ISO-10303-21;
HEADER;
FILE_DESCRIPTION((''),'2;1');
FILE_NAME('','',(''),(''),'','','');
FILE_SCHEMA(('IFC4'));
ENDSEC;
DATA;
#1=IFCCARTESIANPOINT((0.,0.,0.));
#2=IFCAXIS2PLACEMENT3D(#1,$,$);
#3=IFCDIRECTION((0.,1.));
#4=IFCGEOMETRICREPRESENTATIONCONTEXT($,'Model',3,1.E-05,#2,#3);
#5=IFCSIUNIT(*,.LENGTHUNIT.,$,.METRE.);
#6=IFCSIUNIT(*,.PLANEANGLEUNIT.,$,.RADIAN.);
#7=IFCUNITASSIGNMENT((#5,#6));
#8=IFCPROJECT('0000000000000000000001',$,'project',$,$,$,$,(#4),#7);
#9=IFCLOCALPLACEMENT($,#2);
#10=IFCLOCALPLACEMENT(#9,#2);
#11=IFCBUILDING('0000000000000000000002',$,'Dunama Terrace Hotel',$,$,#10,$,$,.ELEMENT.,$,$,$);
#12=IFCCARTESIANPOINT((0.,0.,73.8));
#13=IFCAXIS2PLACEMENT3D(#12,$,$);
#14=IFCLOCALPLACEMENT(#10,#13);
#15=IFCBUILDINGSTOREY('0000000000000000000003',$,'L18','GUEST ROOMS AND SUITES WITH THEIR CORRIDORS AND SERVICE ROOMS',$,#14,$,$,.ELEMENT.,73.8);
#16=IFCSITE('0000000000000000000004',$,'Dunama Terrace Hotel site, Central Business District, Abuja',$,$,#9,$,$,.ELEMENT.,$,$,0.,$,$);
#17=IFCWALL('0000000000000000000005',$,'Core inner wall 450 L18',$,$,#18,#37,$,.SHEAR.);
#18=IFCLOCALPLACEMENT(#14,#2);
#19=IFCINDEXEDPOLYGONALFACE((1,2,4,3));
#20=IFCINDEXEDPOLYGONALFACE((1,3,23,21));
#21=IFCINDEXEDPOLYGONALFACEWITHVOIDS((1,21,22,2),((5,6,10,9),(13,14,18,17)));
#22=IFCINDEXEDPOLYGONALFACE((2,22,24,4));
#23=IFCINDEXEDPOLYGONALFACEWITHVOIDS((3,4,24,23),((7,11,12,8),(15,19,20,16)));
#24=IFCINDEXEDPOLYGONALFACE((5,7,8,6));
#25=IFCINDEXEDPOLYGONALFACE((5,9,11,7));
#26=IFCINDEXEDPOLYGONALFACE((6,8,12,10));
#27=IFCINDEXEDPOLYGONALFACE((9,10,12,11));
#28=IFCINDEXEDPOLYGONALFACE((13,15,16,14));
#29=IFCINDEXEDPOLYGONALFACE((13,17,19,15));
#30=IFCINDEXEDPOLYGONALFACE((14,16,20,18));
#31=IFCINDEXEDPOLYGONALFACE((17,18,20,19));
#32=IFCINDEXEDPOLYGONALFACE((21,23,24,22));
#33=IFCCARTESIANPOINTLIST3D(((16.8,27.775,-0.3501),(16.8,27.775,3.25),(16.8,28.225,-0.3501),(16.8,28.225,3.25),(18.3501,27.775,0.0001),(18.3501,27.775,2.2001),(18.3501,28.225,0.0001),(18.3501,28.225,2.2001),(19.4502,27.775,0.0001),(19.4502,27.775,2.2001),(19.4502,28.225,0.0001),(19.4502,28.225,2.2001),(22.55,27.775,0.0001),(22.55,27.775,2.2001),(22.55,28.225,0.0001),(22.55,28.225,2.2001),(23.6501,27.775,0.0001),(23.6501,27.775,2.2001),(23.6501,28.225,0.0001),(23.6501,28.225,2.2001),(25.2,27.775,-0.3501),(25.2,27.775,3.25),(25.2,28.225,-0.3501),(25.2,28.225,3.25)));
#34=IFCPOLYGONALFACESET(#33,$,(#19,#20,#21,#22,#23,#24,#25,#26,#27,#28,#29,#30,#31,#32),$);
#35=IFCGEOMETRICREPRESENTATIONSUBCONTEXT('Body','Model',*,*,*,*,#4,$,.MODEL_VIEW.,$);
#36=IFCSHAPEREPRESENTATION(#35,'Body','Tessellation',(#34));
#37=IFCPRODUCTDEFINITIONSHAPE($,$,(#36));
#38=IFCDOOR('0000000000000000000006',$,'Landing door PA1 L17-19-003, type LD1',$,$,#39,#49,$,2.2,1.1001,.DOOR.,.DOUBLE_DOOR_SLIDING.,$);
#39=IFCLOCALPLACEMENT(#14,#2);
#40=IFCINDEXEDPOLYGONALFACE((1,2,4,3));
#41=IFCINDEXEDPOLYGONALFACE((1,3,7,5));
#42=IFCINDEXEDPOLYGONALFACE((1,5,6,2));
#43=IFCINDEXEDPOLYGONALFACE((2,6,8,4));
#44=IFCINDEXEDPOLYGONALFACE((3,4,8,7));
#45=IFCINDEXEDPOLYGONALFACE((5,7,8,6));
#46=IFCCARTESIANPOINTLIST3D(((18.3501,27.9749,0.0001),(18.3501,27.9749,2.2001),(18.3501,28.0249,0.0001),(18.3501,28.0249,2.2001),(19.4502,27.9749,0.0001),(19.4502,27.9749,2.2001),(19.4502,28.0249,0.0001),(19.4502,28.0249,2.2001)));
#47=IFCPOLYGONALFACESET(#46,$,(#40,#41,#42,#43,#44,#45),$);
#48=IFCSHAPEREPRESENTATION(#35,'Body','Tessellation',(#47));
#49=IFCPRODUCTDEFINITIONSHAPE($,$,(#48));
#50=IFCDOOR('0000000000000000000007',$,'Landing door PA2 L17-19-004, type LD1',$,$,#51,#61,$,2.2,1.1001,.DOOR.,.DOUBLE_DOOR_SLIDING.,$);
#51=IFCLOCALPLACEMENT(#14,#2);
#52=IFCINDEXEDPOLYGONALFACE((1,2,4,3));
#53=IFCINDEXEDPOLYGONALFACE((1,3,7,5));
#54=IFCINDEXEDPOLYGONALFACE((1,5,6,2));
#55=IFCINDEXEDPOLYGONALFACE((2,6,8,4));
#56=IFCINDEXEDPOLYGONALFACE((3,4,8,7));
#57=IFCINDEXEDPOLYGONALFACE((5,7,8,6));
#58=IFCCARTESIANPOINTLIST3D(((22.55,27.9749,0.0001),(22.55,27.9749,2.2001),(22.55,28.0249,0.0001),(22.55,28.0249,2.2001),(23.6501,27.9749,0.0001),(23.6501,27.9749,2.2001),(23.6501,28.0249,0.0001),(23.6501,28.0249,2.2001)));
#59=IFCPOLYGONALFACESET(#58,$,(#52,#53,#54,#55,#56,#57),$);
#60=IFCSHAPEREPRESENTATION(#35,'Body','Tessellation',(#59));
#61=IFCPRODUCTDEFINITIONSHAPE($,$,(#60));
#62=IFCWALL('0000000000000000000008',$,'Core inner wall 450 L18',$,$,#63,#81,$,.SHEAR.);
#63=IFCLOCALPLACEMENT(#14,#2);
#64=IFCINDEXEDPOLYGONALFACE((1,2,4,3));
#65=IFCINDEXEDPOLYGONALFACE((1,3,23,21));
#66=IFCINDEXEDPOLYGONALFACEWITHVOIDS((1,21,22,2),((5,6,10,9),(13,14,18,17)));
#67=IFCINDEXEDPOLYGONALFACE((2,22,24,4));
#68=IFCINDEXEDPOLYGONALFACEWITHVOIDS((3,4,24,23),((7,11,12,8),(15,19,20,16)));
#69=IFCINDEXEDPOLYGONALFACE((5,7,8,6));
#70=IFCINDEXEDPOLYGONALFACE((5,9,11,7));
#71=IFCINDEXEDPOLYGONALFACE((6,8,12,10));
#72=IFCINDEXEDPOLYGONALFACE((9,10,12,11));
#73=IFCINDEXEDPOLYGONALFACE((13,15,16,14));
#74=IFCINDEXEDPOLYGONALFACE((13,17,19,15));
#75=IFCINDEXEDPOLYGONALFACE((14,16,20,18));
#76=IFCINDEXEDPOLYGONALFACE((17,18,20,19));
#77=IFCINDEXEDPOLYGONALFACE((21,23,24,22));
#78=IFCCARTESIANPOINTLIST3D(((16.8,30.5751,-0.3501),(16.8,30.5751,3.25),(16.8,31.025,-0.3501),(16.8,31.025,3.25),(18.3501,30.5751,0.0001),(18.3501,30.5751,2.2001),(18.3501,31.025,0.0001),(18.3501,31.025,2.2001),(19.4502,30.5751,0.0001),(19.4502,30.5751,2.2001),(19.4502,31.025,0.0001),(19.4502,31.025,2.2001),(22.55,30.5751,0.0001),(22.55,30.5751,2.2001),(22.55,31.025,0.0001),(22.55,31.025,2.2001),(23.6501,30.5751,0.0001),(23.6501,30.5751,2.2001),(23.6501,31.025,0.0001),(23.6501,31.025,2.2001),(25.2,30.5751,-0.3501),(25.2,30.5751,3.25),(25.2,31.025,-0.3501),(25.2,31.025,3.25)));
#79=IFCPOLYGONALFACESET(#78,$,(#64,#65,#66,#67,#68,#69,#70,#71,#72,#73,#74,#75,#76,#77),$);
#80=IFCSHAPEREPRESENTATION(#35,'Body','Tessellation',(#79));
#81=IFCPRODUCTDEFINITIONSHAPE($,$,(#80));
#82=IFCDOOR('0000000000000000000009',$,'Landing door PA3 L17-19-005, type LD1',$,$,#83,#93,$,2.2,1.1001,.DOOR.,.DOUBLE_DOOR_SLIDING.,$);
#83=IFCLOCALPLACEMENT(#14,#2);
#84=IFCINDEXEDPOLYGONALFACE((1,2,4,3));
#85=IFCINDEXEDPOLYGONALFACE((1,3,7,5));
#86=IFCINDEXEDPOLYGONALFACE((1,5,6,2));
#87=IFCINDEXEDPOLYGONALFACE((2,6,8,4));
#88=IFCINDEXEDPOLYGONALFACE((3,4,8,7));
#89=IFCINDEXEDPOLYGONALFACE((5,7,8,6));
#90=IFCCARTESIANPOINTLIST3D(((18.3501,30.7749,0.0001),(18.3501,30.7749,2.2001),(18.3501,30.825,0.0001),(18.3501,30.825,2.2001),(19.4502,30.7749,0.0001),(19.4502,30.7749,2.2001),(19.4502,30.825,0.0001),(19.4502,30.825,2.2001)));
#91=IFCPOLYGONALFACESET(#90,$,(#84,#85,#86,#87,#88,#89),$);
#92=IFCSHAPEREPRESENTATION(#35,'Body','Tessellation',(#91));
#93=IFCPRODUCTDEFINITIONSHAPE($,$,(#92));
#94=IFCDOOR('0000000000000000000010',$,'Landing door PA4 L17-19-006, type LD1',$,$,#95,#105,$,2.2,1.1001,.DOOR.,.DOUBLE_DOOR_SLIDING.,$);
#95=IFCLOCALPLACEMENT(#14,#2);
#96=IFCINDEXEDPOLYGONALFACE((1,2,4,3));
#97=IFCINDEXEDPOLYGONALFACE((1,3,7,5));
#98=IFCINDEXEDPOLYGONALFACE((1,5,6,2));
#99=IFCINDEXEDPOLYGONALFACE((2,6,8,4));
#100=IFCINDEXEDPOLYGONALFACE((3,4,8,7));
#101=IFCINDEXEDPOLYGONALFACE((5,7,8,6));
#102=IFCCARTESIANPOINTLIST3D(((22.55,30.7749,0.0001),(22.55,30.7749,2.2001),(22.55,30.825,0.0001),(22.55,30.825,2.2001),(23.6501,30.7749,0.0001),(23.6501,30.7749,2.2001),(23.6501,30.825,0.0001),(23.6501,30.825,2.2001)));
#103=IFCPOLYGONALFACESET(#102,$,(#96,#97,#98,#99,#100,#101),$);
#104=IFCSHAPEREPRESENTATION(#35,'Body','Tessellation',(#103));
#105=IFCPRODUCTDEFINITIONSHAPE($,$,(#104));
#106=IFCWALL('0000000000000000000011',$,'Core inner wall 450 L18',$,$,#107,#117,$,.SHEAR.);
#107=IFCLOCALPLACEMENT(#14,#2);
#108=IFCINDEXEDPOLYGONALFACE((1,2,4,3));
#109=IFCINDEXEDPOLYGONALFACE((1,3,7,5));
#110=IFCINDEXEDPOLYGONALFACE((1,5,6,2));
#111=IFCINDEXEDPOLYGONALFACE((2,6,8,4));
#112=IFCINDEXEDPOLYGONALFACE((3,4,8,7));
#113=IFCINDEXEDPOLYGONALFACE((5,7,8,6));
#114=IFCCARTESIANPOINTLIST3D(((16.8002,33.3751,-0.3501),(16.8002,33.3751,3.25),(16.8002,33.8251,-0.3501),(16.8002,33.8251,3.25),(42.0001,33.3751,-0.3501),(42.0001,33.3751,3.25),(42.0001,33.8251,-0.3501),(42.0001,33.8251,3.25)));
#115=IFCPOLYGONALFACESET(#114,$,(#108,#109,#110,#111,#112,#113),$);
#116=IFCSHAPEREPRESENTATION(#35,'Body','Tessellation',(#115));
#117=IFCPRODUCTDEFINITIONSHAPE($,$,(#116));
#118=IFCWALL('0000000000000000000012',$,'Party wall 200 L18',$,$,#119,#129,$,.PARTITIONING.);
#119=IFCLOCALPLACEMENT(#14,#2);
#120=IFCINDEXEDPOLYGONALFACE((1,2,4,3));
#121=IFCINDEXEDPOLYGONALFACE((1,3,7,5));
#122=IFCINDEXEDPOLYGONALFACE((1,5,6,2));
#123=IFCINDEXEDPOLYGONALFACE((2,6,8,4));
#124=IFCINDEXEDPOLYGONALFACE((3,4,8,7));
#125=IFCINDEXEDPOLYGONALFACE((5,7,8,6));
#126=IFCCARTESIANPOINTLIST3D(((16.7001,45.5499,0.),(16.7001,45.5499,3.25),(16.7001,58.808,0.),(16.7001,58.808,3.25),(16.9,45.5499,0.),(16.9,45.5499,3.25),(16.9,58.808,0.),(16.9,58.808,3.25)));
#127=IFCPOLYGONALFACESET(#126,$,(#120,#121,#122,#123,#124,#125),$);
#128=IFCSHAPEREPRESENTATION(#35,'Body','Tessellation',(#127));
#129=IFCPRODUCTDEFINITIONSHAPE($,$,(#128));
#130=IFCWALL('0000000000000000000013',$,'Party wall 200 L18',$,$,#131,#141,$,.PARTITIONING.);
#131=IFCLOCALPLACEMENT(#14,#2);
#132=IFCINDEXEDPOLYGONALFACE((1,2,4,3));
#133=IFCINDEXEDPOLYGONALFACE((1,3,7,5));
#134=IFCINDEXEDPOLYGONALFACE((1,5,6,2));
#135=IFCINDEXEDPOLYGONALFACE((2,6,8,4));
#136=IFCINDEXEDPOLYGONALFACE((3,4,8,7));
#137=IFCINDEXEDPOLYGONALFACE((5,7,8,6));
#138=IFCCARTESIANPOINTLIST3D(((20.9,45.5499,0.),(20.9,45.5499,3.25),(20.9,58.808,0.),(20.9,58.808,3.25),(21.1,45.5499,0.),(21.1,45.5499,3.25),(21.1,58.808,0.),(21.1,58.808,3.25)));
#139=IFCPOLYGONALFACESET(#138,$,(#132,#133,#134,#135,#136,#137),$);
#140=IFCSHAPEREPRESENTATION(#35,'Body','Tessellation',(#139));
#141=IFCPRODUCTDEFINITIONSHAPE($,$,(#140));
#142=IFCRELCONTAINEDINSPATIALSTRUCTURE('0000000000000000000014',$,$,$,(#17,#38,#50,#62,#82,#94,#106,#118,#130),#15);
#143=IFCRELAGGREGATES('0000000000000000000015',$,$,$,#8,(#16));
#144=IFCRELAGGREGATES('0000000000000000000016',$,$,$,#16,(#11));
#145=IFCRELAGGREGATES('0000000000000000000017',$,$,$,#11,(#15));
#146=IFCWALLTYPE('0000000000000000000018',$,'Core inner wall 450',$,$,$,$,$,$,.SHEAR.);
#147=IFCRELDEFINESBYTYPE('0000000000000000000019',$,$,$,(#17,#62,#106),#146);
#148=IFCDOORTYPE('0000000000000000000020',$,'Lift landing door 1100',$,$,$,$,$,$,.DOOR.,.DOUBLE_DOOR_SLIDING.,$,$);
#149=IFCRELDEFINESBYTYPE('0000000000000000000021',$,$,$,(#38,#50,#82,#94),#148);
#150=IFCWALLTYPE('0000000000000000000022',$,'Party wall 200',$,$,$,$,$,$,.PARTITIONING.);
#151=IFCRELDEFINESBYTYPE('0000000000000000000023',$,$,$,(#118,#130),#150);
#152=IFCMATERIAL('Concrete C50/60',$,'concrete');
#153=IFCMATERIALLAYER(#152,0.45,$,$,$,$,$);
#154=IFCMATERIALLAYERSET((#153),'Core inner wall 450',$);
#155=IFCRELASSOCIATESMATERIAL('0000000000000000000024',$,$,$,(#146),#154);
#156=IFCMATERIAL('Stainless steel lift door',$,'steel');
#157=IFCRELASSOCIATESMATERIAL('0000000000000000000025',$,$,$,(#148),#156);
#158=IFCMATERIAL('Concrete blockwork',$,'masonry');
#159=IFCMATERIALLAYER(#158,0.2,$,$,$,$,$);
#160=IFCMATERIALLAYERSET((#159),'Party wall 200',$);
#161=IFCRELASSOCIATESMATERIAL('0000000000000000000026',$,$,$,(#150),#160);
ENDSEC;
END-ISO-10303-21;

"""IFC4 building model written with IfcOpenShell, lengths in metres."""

from ifc_helpers import new_model, si_unit, direction, frame, frame_2d, origin, place, context, subcontext, project, spatial, rectangle, extrude, material, layer, layer_set, type_object, element, fill, save


model = new_model("IFC4")

# Units and contexts
model_context = context("Model", 3, precision=1e-05, world=origin(), true_north=direction((0.0, 1.0)))
body_context = subcontext(model_context, "Body", "Model", "MODEL_VIEW")
ifc_project = project(units=[si_unit("LENGTHUNIT", "METRE"), si_unit("PLANEANGLEUNIT", "RADIAN")], contexts=[model_context])

# Site, building, storey
site_placement = place(None, origin())
site = spatial("IfcSite", under=ifc_project, at=site_placement, Name="Dunama Terrace Hotel site, Central Business District, Abuja", CompositionType="ELEMENT", RefElevation=0.0)
building_placement = place(site_placement, origin())
building = spatial("IfcBuilding", under=site, at=building_placement, Name="Dunama Terrace Hotel", CompositionType="ELEMENT")
storey_placement = place(building_placement, frame((0.0, 0.0, 73.8)))
storey = spatial("IfcBuildingStorey", under=building, at=storey_placement, Name="L18", Description="GUEST ROOMS AND SUITES WITH THEIR CORRIDORS AND SERVICE ROOMS", CompositionType="ELEMENT", Elevation=73.8)

# Walls, openings, doors
ifc_material_1 = material(Name="Concrete C50/60", Category="concrete")
ifc_layer_1 = layer(ifc_material_1, 0.45)
ifc_layer_set_1 = layer_set([ifc_layer_1], Name="Core inner wall 450")
wall_type_1 = type_object("IfcWallType", Name="Core inner wall 450", PredefinedType="SHEAR", material=ifc_layer_set_1)
wall_1_placement = place(storey_placement, frame((16.8, 28.0, -0.3501), z_axis=(0.0, 0.0, 1.0), x_axis=(1.0, 0.0, 0.0)))
wall_1 = element("IfcWall", 1, at=wall_1_placement, inside=storey, type_object=wall_type_1, Name="Core inner wall 450 L18", PredefinedType="SHEAR", context=body_context, shape_type="SweptSolid", body=[
    extrude(rectangle(XDim=8.3999, YDim=0.45, at=frame_2d((4.2, 0.0))), origin(), (0.0, 0.0, 1.0), 3.6001),
])
opening_1_placement = place(wall_1_placement, frame((1.55, 0.0, 0.3501)))
opening_1 = element("IfcOpeningElement", 2, at=opening_1_placement, cuts=wall_1, PredefinedType="OPENING", context=body_context, shape_type="SweptSolid", body=[
    extrude(rectangle(XDim=1.1001, YDim=2.2, at=frame_2d((0.55, 1.1001))), frame((0.0, 0.2349, 0.0), z_axis=(0.0, -1.0, 0.0), x_axis=(1.0, 0.0, 0.0)), (0.0, 0.0, 1.0), 0.47),
])
opening_2_placement = place(wall_1_placement, frame((5.75, 0.0, 0.3501)))
opening_2 = element("IfcOpeningElement", 3, at=opening_2_placement, cuts=wall_1, PredefinedType="OPENING", context=body_context, shape_type="SweptSolid", body=[
    extrude(rectangle(XDim=1.1001, YDim=2.2, at=frame_2d((0.55, 1.1001))), frame((0.0, 0.2349, 0.0), z_axis=(0.0, -1.0, 0.0), x_axis=(1.0, 0.0, 0.0)), (0.0, 0.0, 1.0), 0.47),
])
ifc_material_2 = material(Name="Stainless steel lift door", Category="steel")
door_type_1 = type_object("IfcDoorType", Name="Lift landing door 1100", OperationType="DOUBLE_DOOR_SLIDING", PredefinedType="DOOR", material=ifc_material_2)
door_1_placement = place(opening_1_placement, origin())
door_1 = element("IfcDoor", 4, at=door_1_placement, inside=storey, type_object=door_type_1, Name="Landing door PA1 L17-19-003, type LD1", OperationType="DOUBLE_DOOR_SLIDING", OverallHeight=2.2, OverallWidth=1.1001, PredefinedType="DOOR", context=body_context, shape_type="SweptSolid", body=[
    extrude(rectangle(XDim=1.1001, YDim=2.2, at=frame_2d((0.55, 1.1001))), frame((0.0, 0.0249, 0.0), z_axis=(0.0, -1.0, 0.0), x_axis=(1.0, 0.0, 0.0)), (0.0, 0.0, 1.0), 0.05),
])
fill(opening_1, door_1)
door_2_placement = place(opening_2_placement, origin())
door_2 = element("IfcDoor", 5, at=door_2_placement, inside=storey, type_object=door_type_1, Name="Landing door PA2 L17-19-004, type LD1", OperationType="DOUBLE_DOOR_SLIDING", OverallHeight=2.2, OverallWidth=1.1001, PredefinedType="DOOR", context=body_context, shape_type="SweptSolid", body=[
    extrude(rectangle(XDim=1.1001, YDim=2.2, at=frame_2d((0.55, 1.1001))), frame((0.0, 0.0249, 0.0), z_axis=(0.0, -1.0, 0.0), x_axis=(1.0, 0.0, 0.0)), (0.0, 0.0, 1.0), 0.05),
])
fill(opening_2, door_2)
wall_2_placement = place(storey_placement, frame((16.8, 30.8, -0.3501), z_axis=(0.0, 0.0, 1.0), x_axis=(1.0, 0.0, 0.0)))
wall_2 = element("IfcWall", 6, at=wall_2_placement, inside=storey, type_object=wall_type_1, Name="Core inner wall 450 L18", PredefinedType="SHEAR", context=body_context, shape_type="SweptSolid", body=[
    extrude(rectangle(XDim=8.3999, YDim=0.45, at=frame_2d((4.2, 0.0))), origin(), (0.0, 0.0, 1.0), 3.6001),
])
opening_3_placement = place(wall_2_placement, frame((1.55, 0.0, 0.3501)))
opening_3 = element("IfcOpeningElement", 7, at=opening_3_placement, cuts=wall_2, PredefinedType="OPENING", context=body_context, shape_type="SweptSolid", body=[
    extrude(rectangle(XDim=1.1001, YDim=2.2, at=frame_2d((0.55, 1.1001))), frame((0.0, 0.2349, 0.0), z_axis=(0.0, -1.0, 0.0), x_axis=(1.0, 0.0, 0.0)), (0.0, 0.0, 1.0), 0.47),
])
opening_4_placement = place(wall_2_placement, frame((5.75, 0.0, 0.3501)))
opening_4 = element("IfcOpeningElement", 8, at=opening_4_placement, cuts=wall_2, PredefinedType="OPENING", context=body_context, shape_type="SweptSolid", body=[
    extrude(rectangle(XDim=1.1001, YDim=2.2, at=frame_2d((0.55, 1.1001))), frame((0.0, 0.2349, 0.0), z_axis=(0.0, -1.0, 0.0), x_axis=(1.0, 0.0, 0.0)), (0.0, 0.0, 1.0), 0.47),
])
door_3_placement = place(opening_3_placement, origin())
door_3 = element("IfcDoor", 9, at=door_3_placement, inside=storey, type_object=door_type_1, Name="Landing door PA3 L17-19-005, type LD1", OperationType="DOUBLE_DOOR_SLIDING", OverallHeight=2.2, OverallWidth=1.1001, PredefinedType="DOOR", context=body_context, shape_type="SweptSolid", body=[
    extrude(rectangle(XDim=1.1001, YDim=2.2, at=frame_2d((0.55, 1.1001))), frame((0.0, 0.0249, 0.0), z_axis=(0.0, -1.0, 0.0), x_axis=(1.0, 0.0, 0.0)), (0.0, 0.0, 1.0), 0.05),
])
fill(opening_3, door_3)
door_4_placement = place(opening_4_placement, origin())
door_4 = element("IfcDoor", 10, at=door_4_placement, inside=storey, type_object=door_type_1, Name="Landing door PA4 L17-19-006, type LD1", OperationType="DOUBLE_DOOR_SLIDING", OverallHeight=2.2, OverallWidth=1.1001, PredefinedType="DOOR", context=body_context, shape_type="SweptSolid", body=[
    extrude(rectangle(XDim=1.1001, YDim=2.2, at=frame_2d((0.55, 1.1001))), frame((0.0, 0.0249, 0.0), z_axis=(0.0, -1.0, 0.0), x_axis=(1.0, 0.0, 0.0)), (0.0, 0.0, 1.0), 0.05),
])
fill(opening_4, door_4)

# Walls
wall_3_placement = place(storey_placement, frame((16.8, 33.6001, -0.3501), z_axis=(0.0, 0.0, 1.0), x_axis=(1.0, 0.0, 0.0)))
element("IfcWall", 11, at=wall_3_placement, inside=storey, type_object=wall_type_1, Name="Core inner wall 450 L18", PredefinedType="SHEAR", context=body_context, shape_type="SweptSolid", body=[
    extrude(rectangle(XDim=25.2, YDim=0.45, at=frame_2d((12.6001, 0.0))), origin(), (0.0, 0.0, 1.0), 3.6001),
])
ifc_material_3 = material(Name="Concrete blockwork", Category="masonry")
ifc_layer_2 = layer(ifc_material_3, 0.2)
ifc_layer_set_2 = layer_set([ifc_layer_2], Name="Party wall 200")
wall_type_2 = type_object("IfcWallType", Name="Party wall 200", PredefinedType="PARTITIONING", material=ifc_layer_set_2)
for number, where, z_axis, x_axis, name in (
    (12, (16.8, 45.55, 0.0), (0.0, 0.0, 1.0), (0.0, 1.0, 0.0), "Party wall 200 L18"),
    (13, (21.0, 45.55, 0.0), (0.0, 0.0, 1.0), (0.0, 1.0, 0.0), "Party wall 200 L18"),
):
    element("IfcWall", number, at=place(storey_placement, frame(where, z_axis=z_axis, x_axis=x_axis)), inside=storey, type_object=wall_type_2, Name=name, PredefinedType="PARTITIONING", context=body_context, shape_type="SweptSolid", body=[
        extrude(rectangle(XDim=13.2581, YDim=0.2, at=frame_2d((6.6289, 0.0))), origin(), (0.0, 0.0, 1.0), 3.25),
    ])

save(model, "model.ifc")
